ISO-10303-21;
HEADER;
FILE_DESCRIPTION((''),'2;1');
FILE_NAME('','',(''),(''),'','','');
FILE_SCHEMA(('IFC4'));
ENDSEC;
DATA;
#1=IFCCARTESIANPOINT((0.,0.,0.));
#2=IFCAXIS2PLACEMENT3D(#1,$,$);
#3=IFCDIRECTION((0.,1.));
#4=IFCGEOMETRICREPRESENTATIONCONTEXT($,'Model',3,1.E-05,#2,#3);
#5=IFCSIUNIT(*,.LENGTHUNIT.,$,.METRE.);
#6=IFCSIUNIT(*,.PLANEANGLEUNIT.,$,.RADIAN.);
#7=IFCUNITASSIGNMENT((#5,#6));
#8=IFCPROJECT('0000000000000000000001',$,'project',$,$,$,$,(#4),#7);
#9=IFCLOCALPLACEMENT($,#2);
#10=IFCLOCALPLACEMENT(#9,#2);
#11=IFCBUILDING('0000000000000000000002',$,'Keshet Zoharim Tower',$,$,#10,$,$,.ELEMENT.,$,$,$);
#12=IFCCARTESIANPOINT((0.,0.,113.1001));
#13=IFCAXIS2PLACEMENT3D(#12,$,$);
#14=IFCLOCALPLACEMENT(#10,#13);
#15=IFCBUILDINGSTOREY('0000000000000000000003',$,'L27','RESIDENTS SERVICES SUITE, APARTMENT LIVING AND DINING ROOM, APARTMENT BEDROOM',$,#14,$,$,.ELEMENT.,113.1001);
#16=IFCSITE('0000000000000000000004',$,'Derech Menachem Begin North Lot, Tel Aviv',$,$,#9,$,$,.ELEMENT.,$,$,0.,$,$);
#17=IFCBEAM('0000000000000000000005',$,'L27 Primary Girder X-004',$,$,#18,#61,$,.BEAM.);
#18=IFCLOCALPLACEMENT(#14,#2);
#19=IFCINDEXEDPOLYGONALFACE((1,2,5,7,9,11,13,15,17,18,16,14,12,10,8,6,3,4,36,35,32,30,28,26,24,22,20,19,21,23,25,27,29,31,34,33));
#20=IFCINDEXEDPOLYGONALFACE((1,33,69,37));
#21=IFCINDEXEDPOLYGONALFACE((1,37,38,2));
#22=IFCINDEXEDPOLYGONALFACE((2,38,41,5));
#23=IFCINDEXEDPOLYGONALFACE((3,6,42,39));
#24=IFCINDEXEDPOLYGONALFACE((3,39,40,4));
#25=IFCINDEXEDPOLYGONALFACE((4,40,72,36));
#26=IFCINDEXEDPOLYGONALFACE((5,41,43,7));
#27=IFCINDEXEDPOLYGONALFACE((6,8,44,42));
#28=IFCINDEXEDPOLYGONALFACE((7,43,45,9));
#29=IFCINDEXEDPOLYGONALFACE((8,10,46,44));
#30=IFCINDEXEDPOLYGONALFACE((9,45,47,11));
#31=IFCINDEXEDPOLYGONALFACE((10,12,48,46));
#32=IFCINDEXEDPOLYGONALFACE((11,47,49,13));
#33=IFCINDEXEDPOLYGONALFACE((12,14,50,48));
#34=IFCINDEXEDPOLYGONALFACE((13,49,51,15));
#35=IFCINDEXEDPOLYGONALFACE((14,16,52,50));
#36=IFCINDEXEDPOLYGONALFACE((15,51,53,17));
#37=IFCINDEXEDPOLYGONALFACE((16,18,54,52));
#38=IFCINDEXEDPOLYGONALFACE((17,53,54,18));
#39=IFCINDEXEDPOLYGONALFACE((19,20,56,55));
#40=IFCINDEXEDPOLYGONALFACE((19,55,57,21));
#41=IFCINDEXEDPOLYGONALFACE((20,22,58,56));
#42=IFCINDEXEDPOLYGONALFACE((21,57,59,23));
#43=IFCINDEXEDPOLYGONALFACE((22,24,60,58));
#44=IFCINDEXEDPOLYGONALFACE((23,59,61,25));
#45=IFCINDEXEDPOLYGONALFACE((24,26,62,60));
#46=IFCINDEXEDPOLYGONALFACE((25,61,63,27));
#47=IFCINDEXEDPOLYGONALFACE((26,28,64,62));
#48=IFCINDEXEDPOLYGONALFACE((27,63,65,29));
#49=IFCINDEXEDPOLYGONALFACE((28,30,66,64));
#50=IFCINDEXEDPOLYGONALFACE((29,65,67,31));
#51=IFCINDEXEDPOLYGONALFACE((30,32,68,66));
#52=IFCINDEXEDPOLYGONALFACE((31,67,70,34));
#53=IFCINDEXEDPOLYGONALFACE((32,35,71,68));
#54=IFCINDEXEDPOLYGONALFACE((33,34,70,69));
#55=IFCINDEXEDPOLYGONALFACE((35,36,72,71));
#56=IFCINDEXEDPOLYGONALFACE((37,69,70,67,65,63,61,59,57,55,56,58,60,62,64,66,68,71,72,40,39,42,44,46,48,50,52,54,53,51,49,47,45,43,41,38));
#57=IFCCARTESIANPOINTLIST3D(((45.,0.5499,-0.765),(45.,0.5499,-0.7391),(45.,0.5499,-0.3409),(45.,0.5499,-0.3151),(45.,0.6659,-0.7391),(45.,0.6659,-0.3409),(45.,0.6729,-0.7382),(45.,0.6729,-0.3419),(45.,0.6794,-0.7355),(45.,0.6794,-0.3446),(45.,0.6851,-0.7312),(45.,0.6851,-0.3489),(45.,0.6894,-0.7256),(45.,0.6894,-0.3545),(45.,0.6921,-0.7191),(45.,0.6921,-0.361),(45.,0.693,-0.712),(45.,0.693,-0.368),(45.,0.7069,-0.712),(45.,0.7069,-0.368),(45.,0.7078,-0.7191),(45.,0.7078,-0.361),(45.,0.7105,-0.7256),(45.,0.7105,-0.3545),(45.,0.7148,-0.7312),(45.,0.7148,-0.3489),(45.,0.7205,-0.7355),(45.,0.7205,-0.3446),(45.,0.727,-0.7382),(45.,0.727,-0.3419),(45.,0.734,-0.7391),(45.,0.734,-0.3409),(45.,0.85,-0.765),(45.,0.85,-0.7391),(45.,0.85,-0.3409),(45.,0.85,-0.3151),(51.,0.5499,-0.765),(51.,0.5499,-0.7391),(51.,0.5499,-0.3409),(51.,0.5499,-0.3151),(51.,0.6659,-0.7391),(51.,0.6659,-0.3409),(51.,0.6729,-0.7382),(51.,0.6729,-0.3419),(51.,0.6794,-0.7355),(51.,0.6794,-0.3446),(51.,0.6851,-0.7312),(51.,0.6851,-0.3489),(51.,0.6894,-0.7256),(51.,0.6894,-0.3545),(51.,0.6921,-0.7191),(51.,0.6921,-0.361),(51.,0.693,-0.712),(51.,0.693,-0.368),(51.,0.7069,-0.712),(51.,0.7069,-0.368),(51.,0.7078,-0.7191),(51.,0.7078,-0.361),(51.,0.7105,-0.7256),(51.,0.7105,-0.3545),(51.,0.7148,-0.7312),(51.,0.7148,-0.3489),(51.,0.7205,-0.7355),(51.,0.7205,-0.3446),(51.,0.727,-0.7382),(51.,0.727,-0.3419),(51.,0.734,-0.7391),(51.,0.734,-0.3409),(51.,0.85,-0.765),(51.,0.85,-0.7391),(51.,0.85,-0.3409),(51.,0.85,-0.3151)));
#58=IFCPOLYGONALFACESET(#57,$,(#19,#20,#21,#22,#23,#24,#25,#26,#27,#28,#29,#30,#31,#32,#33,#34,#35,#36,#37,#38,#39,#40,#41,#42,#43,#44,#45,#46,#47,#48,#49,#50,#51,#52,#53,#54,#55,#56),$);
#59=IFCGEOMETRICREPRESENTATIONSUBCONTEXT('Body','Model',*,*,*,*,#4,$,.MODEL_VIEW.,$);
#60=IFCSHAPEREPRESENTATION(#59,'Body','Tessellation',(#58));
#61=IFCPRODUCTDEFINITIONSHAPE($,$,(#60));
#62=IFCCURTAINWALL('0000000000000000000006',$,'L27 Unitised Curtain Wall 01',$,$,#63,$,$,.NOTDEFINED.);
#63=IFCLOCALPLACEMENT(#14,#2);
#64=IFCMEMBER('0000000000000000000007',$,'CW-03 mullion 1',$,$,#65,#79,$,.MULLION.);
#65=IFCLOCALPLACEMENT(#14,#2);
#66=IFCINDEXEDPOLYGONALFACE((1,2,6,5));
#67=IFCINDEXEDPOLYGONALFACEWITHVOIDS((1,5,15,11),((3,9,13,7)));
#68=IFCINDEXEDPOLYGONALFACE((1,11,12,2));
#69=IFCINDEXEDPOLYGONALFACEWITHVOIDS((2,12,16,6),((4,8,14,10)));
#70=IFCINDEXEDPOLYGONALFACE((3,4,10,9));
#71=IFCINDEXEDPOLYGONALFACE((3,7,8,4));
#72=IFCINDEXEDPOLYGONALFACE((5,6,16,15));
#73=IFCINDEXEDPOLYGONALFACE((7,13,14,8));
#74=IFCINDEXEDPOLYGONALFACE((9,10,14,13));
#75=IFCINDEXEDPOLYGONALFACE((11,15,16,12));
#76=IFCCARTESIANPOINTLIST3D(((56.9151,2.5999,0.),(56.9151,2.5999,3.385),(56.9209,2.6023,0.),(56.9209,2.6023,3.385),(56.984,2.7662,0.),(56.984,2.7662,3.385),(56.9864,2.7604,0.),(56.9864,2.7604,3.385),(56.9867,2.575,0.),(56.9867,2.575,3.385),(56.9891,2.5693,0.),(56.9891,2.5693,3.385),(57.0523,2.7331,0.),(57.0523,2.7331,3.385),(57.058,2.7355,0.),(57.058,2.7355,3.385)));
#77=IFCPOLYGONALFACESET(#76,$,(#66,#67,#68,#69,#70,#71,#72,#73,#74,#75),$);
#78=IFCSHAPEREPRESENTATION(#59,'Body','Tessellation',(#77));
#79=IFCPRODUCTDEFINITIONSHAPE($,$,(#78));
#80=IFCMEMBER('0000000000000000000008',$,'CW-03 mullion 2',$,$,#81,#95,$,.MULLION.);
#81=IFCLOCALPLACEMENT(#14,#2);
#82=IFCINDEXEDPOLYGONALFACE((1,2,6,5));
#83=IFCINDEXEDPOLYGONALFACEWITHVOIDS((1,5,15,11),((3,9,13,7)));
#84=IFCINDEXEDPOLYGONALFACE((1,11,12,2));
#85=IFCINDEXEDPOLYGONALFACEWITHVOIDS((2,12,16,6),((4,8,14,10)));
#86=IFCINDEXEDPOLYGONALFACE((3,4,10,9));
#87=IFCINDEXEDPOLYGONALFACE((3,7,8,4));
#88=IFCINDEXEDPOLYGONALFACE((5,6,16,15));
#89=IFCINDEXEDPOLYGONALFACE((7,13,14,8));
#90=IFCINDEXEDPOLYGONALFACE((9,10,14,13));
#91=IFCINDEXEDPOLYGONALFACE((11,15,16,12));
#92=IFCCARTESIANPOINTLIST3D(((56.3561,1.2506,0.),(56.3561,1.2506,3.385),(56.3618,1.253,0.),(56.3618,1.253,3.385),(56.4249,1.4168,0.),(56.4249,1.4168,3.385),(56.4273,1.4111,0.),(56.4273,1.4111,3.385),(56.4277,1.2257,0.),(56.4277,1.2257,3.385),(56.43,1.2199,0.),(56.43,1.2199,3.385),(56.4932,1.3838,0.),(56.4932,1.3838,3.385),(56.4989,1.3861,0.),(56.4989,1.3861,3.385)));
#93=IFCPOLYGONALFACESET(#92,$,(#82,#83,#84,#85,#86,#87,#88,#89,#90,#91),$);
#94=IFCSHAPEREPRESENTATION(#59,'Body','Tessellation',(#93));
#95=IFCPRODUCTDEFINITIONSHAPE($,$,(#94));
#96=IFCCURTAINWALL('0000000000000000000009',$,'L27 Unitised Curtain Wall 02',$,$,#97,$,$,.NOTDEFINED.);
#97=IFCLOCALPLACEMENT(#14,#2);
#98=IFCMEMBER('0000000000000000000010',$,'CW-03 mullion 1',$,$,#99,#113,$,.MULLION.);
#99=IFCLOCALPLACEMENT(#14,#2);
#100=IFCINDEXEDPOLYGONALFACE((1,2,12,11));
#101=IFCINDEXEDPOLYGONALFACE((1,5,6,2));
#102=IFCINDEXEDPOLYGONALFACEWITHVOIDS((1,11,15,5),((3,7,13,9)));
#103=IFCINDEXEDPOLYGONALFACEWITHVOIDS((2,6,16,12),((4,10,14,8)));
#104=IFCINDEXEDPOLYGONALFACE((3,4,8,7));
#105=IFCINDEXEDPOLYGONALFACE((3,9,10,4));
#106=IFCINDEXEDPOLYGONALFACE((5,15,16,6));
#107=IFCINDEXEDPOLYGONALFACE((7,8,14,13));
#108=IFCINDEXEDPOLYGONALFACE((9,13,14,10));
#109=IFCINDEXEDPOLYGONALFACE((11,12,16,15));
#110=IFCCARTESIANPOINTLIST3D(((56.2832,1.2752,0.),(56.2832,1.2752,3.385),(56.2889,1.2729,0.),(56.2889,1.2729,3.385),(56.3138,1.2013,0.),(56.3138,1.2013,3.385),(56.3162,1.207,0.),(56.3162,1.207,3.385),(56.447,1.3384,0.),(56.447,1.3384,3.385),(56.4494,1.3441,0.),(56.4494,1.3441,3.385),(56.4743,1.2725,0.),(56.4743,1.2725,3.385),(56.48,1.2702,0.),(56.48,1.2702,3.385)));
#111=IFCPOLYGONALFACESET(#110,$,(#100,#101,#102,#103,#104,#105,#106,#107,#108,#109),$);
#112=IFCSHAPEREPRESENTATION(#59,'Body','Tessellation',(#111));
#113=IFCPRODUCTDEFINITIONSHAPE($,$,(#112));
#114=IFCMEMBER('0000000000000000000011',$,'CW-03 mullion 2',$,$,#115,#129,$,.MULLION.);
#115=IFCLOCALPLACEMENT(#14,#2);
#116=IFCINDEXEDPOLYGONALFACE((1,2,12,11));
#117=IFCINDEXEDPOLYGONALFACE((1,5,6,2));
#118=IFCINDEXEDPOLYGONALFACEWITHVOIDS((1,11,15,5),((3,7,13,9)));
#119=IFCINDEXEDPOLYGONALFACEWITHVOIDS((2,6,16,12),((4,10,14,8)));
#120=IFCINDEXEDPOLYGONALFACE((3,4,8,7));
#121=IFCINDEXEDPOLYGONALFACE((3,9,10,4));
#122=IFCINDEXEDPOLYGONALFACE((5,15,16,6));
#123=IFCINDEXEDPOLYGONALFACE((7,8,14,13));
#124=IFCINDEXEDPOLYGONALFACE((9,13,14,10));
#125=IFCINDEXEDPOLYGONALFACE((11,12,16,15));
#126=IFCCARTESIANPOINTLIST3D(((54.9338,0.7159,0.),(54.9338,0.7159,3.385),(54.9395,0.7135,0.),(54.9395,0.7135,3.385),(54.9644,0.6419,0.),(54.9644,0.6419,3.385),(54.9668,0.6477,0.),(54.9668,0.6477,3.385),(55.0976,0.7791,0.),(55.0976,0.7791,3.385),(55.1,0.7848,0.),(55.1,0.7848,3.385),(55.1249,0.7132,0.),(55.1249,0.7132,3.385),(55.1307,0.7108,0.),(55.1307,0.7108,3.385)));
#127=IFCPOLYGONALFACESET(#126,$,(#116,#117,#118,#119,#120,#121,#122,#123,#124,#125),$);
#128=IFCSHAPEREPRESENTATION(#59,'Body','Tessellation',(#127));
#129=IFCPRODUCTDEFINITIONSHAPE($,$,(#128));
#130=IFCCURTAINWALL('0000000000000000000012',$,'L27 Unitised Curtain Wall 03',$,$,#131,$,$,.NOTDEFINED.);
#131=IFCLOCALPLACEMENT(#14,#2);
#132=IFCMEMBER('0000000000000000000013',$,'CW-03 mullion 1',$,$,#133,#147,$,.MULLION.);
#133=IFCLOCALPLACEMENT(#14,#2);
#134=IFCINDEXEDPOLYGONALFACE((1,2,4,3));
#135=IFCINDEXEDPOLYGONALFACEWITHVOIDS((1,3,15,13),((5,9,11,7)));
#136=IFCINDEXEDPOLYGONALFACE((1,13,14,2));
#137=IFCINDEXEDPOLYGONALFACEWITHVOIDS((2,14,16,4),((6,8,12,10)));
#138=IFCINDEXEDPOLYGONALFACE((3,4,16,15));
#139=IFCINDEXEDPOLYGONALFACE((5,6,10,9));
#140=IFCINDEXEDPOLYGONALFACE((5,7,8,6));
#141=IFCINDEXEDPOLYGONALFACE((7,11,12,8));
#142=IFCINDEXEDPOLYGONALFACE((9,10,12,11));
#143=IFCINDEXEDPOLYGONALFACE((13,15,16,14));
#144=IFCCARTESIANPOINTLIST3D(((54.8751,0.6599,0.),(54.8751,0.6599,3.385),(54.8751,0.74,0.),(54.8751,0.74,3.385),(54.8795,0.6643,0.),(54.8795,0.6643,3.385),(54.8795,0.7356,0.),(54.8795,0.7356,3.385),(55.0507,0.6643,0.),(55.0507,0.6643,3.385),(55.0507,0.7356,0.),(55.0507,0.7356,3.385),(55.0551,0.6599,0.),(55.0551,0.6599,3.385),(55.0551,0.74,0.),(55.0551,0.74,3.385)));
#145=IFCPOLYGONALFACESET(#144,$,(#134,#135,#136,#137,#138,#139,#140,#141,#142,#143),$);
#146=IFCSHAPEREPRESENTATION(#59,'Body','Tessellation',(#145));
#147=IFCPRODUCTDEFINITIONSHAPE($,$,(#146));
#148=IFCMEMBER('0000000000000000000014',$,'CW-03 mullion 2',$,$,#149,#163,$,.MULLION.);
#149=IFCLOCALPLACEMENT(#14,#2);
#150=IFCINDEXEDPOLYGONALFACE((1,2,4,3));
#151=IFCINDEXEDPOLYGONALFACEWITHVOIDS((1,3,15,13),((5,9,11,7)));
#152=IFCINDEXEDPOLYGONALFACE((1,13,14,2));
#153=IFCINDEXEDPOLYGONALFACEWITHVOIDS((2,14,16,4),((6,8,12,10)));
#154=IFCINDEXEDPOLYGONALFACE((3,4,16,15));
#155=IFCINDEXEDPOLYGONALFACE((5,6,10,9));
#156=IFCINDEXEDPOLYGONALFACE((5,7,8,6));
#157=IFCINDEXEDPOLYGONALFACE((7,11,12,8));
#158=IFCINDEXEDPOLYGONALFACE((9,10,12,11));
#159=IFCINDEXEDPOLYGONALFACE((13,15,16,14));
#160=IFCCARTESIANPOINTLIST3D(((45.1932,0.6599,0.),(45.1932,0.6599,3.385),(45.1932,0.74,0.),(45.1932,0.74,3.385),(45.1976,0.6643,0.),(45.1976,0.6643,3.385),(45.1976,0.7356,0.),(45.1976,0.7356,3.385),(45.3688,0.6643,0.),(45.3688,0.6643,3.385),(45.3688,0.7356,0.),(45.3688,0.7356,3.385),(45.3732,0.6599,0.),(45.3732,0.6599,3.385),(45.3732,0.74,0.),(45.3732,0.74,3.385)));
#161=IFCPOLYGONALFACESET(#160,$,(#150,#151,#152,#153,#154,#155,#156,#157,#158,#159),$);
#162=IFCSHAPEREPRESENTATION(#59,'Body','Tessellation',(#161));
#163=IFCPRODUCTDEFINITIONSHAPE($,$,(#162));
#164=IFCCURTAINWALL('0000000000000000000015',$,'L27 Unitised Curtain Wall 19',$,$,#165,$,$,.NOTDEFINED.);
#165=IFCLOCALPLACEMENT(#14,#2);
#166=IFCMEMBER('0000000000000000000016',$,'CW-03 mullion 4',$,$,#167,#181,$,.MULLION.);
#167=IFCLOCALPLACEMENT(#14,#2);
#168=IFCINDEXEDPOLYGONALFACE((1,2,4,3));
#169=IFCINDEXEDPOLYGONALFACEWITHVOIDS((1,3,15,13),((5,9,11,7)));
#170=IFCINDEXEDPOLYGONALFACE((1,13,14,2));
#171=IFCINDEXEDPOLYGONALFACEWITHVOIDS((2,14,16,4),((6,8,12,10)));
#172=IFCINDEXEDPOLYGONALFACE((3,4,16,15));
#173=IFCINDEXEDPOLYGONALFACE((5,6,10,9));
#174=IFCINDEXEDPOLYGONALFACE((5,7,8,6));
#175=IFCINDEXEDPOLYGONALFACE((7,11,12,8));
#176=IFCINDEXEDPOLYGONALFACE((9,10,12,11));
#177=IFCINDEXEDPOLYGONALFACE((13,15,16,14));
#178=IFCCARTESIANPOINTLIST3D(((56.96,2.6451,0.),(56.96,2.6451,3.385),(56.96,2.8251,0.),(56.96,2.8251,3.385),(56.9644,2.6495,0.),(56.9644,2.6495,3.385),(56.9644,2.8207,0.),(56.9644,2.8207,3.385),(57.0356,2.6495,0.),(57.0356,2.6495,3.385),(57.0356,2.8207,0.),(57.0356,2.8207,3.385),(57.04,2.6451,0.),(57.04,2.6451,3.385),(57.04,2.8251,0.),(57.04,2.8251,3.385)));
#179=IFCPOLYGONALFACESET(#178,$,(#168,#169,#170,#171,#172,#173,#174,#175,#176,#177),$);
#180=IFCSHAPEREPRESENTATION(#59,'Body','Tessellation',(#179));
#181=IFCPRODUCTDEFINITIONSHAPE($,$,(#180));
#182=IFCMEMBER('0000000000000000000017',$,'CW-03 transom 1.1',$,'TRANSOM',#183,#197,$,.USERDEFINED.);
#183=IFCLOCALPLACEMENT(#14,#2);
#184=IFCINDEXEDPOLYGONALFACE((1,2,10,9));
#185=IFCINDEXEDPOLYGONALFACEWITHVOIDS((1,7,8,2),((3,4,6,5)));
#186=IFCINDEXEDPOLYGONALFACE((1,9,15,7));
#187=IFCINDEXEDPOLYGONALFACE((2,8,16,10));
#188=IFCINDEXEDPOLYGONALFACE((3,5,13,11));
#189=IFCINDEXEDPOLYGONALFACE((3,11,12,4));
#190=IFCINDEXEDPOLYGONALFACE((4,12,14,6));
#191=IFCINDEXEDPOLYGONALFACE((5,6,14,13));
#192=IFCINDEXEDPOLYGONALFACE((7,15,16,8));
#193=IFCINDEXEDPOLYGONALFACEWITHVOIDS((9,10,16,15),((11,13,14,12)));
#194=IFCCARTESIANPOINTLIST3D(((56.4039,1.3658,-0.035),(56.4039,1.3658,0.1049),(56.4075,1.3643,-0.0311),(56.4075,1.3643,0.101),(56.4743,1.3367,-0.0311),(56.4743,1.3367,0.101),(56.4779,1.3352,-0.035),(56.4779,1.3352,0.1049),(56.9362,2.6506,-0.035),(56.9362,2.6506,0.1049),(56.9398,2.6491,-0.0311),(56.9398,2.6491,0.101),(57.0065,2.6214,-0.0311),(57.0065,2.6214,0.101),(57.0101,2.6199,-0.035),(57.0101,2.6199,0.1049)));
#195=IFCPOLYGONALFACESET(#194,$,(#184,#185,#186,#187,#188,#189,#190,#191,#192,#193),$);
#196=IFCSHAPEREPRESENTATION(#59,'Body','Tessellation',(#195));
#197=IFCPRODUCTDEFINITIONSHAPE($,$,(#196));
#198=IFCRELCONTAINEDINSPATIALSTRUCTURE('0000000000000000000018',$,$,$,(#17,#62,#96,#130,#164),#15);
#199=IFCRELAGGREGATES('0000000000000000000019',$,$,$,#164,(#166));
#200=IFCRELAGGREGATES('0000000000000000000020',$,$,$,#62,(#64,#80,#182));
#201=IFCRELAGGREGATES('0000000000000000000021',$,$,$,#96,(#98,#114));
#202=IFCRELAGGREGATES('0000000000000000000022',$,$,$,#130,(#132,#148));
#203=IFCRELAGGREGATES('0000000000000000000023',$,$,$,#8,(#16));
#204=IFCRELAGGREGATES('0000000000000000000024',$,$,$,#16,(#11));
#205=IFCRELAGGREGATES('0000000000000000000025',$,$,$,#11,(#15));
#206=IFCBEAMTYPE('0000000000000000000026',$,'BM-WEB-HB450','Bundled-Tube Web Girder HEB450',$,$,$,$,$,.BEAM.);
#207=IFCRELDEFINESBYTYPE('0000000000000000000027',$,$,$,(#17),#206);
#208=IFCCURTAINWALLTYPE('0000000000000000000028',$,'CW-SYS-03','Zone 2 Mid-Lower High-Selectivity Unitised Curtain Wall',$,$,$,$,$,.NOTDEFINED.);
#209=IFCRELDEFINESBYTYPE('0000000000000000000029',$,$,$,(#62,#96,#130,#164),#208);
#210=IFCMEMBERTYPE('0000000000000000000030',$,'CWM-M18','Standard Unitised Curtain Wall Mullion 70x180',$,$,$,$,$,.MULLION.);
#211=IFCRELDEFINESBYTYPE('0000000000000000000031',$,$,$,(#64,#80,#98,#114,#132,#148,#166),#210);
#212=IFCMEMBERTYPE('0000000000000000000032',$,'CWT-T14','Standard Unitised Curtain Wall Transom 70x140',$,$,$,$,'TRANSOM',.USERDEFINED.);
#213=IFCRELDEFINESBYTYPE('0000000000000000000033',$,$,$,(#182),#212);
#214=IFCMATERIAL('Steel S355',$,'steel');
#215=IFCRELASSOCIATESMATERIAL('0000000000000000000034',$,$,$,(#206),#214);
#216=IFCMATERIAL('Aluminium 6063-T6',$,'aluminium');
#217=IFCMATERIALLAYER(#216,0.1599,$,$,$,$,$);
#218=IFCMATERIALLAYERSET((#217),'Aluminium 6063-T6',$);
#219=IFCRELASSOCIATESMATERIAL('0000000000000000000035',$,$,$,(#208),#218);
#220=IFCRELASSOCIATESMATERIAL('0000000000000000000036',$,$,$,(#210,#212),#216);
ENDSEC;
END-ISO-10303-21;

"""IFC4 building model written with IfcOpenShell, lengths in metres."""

from ifc_helpers import new_model, si_unit, direction, frame, origin, origin_2d, place, context, subcontext, project, spatial, hollow_rectangle, i_section, extrude, material, layer, layer_set, material_profile, profile_set, type_object, element, aggregate, save


model = new_model("IFC4")

# Units and contexts
model_context = context("Model", 3, precision=1e-05, world=origin(), true_north=direction((0.0, 1.0)))
body_context = subcontext(model_context, "Body", "Model", "MODEL_VIEW")
ifc_project = project(units=[si_unit("LENGTHUNIT", "METRE"), si_unit("PLANEANGLEUNIT", "RADIAN")], contexts=[model_context])

# Site, building, storey
site_placement = place(None, origin())
site = spatial("IfcSite", under=ifc_project, at=site_placement, Name="Derech Menachem Begin North Lot, Tel Aviv", CompositionType="ELEMENT", RefElevation=0.0)
building_placement = place(site_placement, origin())
building = spatial("IfcBuilding", under=site, at=building_placement, Name="Keshet Zoharim Tower", CompositionType="ELEMENT")
storey_placement = place(building_placement, frame((0.0, 0.0, 113.1001)))
storey = spatial("IfcBuildingStorey", under=building, at=storey_placement, Name="L27", Description="RESIDENTS SERVICES SUITE, APARTMENT LIVING AND DINING ROOM, APARTMENT BEDROOM", CompositionType="ELEMENT", Elevation=113.1001)

# Shared definitions
ifc_material_1 = material(Name="Steel S355", Category="steel")

# Beam
ifc_material_profile_1 = material_profile(ifc_material_1, i_section(OverallWidth=0.3, OverallDepth=0.45, WebThickness=0.0139, FlangeThickness=0.0259, FilletRadius=0.0271, at=origin_2d()), Name="HEB450")
ifc_profile_set_1 = profile_set([ifc_material_profile_1], Name="Steel S355")
beam_type_1 = type_object("IfcBeamType", Name="BM-WEB-HB450", Description="Bundled-Tube Web Girder HEB450", PredefinedType="BEAM", material=ifc_profile_set_1)
beam_1_placement = place(storey_placement, frame((45.0, 0.7, -0.54), z_axis=(1.0, 0.0, 0.0), x_axis=(0.0, 1.0, 0.0)))
element("IfcBeam", 1, at=beam_1_placement, inside=storey, type_object=beam_type_1, Name="L27 Primary Girder X-004", PredefinedType="BEAM", context=body_context, shape_type="SweptSolid", body=[
    extrude(i_section(OverallWidth=0.3, OverallDepth=0.45, WebThickness=0.0139, FlangeThickness=0.0259, FilletRadius=0.0271, at=origin_2d()), origin(), (0.0, 0.0, 1.0), 6.0),
])

# Curtain walls, members
ifc_material_2 = material(Name="Aluminium 6063-T6", Category="aluminium")
ifc_layer_1 = layer(ifc_material_2, 0.1599)
ifc_layer_set_1 = layer_set([ifc_layer_1], Name="Aluminium 6063-T6")
curtain_wall_type = type_object("IfcCurtainWallType", Name="CW-SYS-03", Description="Zone 2 Mid-Lower High-Selectivity Unitised Curtain Wall", PredefinedType="NOTDEFINED", material=ifc_layer_set_1)
curtain_wall_1_placement = place(storey_placement, origin())
curtain_wall_1 = element("IfcCurtainWall", 2, at=curtain_wall_1_placement, inside=storey, type_object=curtain_wall_type, Name="L27 Unitised Curtain Wall 01", PredefinedType="NOTDEFINED")
ifc_material_profile_2 = material_profile(ifc_material_2, hollow_rectangle(XDim=0.0801, YDim=0.1799, WallThickness=0.0044, at=origin_2d()), Name="MUL-80x180")
ifc_profile_set_2 = profile_set([ifc_material_profile_2], Name="Aluminium 6063-T6")
member_type_1 = type_object("IfcMemberType", Name="CWM-M18", Description="Standard Unitised Curtain Wall Mullion 70x180", PredefinedType="MULLION", material=ifc_profile_set_2)
member_1_placement = place(storey_placement, frame((56.9866, 2.6677, 0.0), z_axis=(0.0, 0.0, 1.0), x_axis=(0.92381, -0.382852, 0.0)))
member_1 = element("IfcMember", 3, at=member_1_placement, type_object=member_type_1, Name="CW-03 mullion 1", PredefinedType="MULLION", context=body_context, shape_type="SweptSolid", body=[
    extrude(hollow_rectangle(XDim=0.0801, YDim=0.1799, WallThickness=0.0044, at=origin_2d()), origin(), (0.0, 0.0, 1.0), 3.385),
])
member_2_placement = place(storey_placement, frame((56.4275, 1.3184, 0.0), z_axis=(0.0, 0.0, 1.0), x_axis=(0.92381, -0.382852, 0.0)))
member_2 = element("IfcMember", 4, at=member_2_placement, type_object=member_type_1, Name="CW-03 mullion 2", PredefinedType="MULLION", context=body_context, shape_type="SweptSolid", body=[
    extrude(hollow_rectangle(XDim=0.0801, YDim=0.1799, WallThickness=0.0044, at=origin_2d()), origin(), (0.0, 0.0, 1.0), 3.385),
])
curtain_wall_2_placement = place(storey_placement, origin())
curtain_wall_2 = element("IfcCurtainWall", 5, at=curtain_wall_2_placement, inside=storey, type_object=curtain_wall_type, Name="L27 Unitised Curtain Wall 02", PredefinedType="NOTDEFINED")
member_3_placement = place(storey_placement, frame((56.3816, 1.2727, 0.0), z_axis=(0.0, 0.0, 1.0), x_axis=(0.382852, -0.92381, 0.0)))
member_3 = element("IfcMember", 6, at=member_3_placement, type_object=member_type_1, Name="CW-03 mullion 1", PredefinedType="MULLION", context=body_context, shape_type="SweptSolid", body=[
    extrude(hollow_rectangle(XDim=0.0801, YDim=0.1799, WallThickness=0.0044, at=origin_2d()), origin(), (0.0, 0.0, 1.0), 3.385),
])
member_4_placement = place(storey_placement, frame((55.0322, 0.7134, 0.0), z_axis=(0.0, 0.0, 1.0), x_axis=(0.382852, -0.92381, 0.0)))
member_4 = element("IfcMember", 7, at=member_4_placement, type_object=member_type_1, Name="CW-03 mullion 2", PredefinedType="MULLION", context=body_context, shape_type="SweptSolid", body=[
    extrude(hollow_rectangle(XDim=0.0801, YDim=0.1799, WallThickness=0.0044, at=origin_2d()), origin(), (0.0, 0.0, 1.0), 3.385),
])
curtain_wall_3_placement = place(storey_placement, origin())
curtain_wall_3 = element("IfcCurtainWall", 8, at=curtain_wall_3_placement, inside=storey, type_object=curtain_wall_type, Name="L27 Unitised Curtain Wall 03", PredefinedType="NOTDEFINED")
member_5_placement = place(storey_placement, frame((54.9651, 0.7, 0.0), z_axis=(0.0, 0.0, 1.0), x_axis=(0.0, -1.0, 0.0)))
member_5 = element("IfcMember", 9, at=member_5_placement, type_object=member_type_1, Name="CW-03 mullion 1", PredefinedType="MULLION", context=body_context, shape_type="SweptSolid", body=[
    extrude(hollow_rectangle(XDim=0.0801, YDim=0.1799, WallThickness=0.0044, at=origin_2d()), origin(), (0.0, 0.0, 1.0), 3.385),
])
member_6_placement = place(storey_placement, frame((45.2832, 0.7, 0.0), z_axis=(0.0, 0.0, 1.0), x_axis=(0.0, -1.0, 0.0)))
member_6 = element("IfcMember", 10, at=member_6_placement, type_object=member_type_1, Name="CW-03 mullion 2", PredefinedType="MULLION", context=body_context, shape_type="SweptSolid", body=[
    extrude(hollow_rectangle(XDim=0.0801, YDim=0.1799, WallThickness=0.0044, at=origin_2d()), origin(), (0.0, 0.0, 1.0), 3.385),
])

# Curtain wall, member
curtain_wall_4_placement = place(storey_placement, origin())
curtain_wall_4 = element("IfcCurtainWall", 11, at=curtain_wall_4_placement, inside=storey, type_object=curtain_wall_type, Name="L27 Unitised Curtain Wall 19", PredefinedType="NOTDEFINED")
member_7_placement = place(storey_placement, frame((57.0, 2.7351, 0.0), z_axis=(0.0, 0.0, 1.0), x_axis=(1.0, 0.0, 0.0)))
member_7 = element("IfcMember", 12, at=member_7_placement, type_object=member_type_1, Name="CW-03 mullion 4", PredefinedType="MULLION", context=body_context, shape_type="SweptSolid", body=[
    extrude(hollow_rectangle(XDim=0.0801, YDim=0.1799, WallThickness=0.0044, at=origin_2d()), origin(), (0.0, 0.0, 1.0), 3.385),
])
aggregate(curtain_wall_4, [member_7])

# Member
ifc_material_profile_3 = material_profile(ifc_material_2, hollow_rectangle(XDim=0.0801, YDim=0.1399, WallThickness=0.0039, at=origin_2d()), Name="TRN-80x140")
ifc_profile_set_3 = profile_set([ifc_material_profile_3], Name="Aluminium 6063-T6")
member_type_2 = type_object("IfcMemberType", Name="CWT-T14", Description="Standard Unitised Curtain Wall Transom 70x140", ElementType="TRANSOM", PredefinedType="USERDEFINED", material=ifc_profile_set_3)
member_8_placement = place(storey_placement, frame((56.9731, 2.6353, 0.0349), z_axis=(-0.382745, -0.923854, 0.0), x_axis=(0.923854, -0.382745, 0.0)))
member_8 = element("IfcMember", 13, at=member_8_placement, type_object=member_type_2, Name="CW-03 transom 1.1", ObjectType="TRANSOM", PredefinedType="USERDEFINED", context=body_context, shape_type="SweptSolid", body=[
    extrude(hollow_rectangle(XDim=0.0801, YDim=0.1399, WallThickness=0.0039, at=origin_2d()), origin(), (0.0, 0.0, 1.0), 1.3906),
])

aggregate(curtain_wall_1, [member_1, member_2, member_8])
aggregate(curtain_wall_2, [member_3, member_4])
aggregate(curtain_wall_3, [member_5, member_6])

save(model, "model.ifc")
